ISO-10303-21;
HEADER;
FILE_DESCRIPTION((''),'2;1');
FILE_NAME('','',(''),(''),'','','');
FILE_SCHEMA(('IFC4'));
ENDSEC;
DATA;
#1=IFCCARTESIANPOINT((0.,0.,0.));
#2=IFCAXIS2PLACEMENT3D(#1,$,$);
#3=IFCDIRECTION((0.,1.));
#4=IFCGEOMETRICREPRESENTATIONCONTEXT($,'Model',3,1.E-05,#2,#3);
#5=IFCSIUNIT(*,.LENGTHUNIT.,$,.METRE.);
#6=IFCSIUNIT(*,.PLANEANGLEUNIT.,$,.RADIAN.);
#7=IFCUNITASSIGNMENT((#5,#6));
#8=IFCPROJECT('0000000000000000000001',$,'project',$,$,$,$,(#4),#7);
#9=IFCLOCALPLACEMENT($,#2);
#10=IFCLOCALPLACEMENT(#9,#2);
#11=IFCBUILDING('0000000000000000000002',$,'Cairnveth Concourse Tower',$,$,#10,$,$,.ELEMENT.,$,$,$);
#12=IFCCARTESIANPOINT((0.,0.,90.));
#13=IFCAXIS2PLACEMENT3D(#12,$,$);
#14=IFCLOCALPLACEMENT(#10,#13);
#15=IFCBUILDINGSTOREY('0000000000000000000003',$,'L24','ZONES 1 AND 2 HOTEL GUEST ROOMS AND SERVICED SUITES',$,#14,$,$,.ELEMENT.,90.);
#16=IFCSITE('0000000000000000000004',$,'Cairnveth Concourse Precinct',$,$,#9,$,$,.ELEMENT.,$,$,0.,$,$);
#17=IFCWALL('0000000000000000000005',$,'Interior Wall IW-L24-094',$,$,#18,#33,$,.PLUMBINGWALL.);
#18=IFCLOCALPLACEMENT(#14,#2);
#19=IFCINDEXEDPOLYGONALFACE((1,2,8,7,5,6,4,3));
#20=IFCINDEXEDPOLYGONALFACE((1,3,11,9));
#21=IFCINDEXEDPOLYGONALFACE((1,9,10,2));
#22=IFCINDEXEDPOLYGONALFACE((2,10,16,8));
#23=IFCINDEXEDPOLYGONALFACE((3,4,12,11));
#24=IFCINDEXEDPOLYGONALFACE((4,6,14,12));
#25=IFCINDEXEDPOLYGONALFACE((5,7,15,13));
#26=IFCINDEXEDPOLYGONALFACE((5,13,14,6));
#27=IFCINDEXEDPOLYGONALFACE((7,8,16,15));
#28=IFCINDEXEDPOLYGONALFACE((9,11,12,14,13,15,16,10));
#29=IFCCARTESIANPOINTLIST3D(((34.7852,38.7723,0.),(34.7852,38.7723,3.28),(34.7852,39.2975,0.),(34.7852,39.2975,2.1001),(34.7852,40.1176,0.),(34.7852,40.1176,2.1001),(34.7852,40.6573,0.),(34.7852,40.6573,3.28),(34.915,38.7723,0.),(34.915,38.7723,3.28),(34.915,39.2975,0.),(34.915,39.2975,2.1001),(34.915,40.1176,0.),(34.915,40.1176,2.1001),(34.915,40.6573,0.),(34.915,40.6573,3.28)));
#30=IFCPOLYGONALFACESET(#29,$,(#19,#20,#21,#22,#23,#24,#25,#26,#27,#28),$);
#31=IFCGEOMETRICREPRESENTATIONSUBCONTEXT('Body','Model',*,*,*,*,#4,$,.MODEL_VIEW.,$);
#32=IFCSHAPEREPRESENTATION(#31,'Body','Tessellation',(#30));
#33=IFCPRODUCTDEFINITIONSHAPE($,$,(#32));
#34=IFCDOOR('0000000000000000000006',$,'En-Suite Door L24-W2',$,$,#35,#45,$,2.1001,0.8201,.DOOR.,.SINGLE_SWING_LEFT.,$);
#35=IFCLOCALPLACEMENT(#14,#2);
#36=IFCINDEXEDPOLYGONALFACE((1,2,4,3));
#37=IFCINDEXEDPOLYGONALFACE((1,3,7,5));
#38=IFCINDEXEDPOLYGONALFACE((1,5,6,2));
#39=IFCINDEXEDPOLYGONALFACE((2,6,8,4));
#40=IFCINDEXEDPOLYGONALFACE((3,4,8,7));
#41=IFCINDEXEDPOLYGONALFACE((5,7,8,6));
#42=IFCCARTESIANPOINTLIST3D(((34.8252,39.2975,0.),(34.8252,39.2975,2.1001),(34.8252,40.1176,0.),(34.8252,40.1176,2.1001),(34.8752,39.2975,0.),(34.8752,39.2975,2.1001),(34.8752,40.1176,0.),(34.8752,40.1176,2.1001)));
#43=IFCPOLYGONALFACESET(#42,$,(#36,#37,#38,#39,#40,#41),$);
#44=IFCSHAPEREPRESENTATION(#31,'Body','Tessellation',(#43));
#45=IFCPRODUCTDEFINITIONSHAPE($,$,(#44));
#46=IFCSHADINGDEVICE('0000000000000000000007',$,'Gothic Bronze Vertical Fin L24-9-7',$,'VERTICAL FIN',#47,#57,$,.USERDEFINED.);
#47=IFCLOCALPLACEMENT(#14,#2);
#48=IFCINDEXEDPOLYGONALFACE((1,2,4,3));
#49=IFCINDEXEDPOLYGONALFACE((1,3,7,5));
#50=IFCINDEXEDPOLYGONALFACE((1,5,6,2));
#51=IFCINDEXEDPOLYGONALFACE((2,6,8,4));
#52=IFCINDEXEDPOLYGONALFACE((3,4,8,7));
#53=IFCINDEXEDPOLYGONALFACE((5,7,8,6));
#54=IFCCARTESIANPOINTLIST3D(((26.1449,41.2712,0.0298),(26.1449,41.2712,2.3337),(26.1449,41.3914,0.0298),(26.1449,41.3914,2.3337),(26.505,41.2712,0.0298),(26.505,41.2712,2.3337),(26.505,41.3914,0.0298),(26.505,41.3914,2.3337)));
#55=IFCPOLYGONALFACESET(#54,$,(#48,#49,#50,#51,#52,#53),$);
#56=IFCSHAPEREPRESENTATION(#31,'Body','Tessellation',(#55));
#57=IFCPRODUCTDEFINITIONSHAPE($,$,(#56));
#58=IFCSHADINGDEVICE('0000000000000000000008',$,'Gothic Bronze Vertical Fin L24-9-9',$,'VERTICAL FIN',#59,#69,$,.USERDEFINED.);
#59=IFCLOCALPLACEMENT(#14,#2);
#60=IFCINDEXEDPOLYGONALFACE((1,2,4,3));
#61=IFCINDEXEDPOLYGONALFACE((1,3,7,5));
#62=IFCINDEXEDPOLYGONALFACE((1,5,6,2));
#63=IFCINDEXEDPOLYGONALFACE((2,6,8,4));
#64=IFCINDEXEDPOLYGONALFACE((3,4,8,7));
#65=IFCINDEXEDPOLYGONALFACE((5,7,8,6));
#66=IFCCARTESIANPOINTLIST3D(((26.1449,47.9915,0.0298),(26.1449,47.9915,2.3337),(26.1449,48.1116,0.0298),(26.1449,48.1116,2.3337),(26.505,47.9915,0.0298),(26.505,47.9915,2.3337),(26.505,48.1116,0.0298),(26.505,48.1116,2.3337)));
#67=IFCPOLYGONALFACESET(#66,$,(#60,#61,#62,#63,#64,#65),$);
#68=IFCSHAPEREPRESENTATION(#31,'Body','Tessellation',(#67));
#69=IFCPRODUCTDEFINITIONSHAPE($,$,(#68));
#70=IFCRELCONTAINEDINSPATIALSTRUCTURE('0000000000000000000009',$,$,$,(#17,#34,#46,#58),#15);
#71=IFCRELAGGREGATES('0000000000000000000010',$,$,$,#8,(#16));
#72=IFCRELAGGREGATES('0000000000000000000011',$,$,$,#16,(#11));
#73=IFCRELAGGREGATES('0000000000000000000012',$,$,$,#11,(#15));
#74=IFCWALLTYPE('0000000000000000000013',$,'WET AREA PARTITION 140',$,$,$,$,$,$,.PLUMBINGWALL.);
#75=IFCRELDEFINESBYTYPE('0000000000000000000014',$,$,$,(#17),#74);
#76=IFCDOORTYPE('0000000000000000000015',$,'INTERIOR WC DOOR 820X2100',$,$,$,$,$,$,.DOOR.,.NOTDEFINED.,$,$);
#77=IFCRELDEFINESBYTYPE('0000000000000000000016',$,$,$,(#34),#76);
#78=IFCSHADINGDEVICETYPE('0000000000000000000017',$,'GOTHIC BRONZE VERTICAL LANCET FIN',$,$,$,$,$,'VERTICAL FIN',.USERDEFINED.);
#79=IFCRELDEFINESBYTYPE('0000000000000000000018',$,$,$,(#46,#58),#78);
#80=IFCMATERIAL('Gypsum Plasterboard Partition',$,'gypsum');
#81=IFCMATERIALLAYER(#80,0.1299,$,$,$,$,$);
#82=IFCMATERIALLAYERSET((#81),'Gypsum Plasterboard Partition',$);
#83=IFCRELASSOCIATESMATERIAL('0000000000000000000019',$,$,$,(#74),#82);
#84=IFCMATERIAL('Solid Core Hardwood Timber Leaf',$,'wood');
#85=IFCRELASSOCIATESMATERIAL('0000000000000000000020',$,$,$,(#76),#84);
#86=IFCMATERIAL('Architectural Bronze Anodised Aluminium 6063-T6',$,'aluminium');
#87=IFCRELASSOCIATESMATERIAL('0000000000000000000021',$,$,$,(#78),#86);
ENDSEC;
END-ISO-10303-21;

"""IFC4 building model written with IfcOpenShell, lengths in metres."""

from ifc_helpers import new_model, si_unit, direction, frame, frame_2d, origin, origin_2d, place, context, subcontext, project, spatial, rectangle, extrude, material, layer, layer_set, type_object, element, fill, save


model = new_model("IFC4")

# Units and contexts
model_context = context("Model", 3, precision=1e-05, world=origin(), true_north=direction((0.0, 1.0)))
body_context = subcontext(model_context, "Body", "Model", "MODEL_VIEW")
ifc_project = project(units=[si_unit("LENGTHUNIT", "METRE"), si_unit("PLANEANGLEUNIT", "RADIAN")], contexts=[model_context])

# Site, building, storey
site_placement = place(None, origin())
site = spatial("IfcSite", under=ifc_project, at=site_placement, Name="Cairnveth Concourse Precinct", CompositionType="ELEMENT", RefElevation=0.0)
building_placement = place(site_placement, origin())
building = spatial("IfcBuilding", under=site, at=building_placement, Name="Cairnveth Concourse Tower", CompositionType="ELEMENT")
storey_placement = place(building_placement, frame((0.0, 0.0, 90.0)))
storey = spatial("IfcBuildingStorey", under=building, at=storey_placement, Name="L24", Description="ZONES 1 AND 2 HOTEL GUEST ROOMS AND SERVICED SUITES", CompositionType="ELEMENT", Elevation=90.0)

# Shared definitions
ifc_material_1 = material(Name="Gypsum Plasterboard Partition", Category="gypsum")

# Shared definitions
ifc_material_2 = material(Name="Solid Core Hardwood Timber Leaf", Category="wood")

# Shared definitions
ifc_layer_1 = layer(ifc_material_1, 0.1299)
ifc_layer_set_1 = layer_set([ifc_layer_1], Name="Gypsum Plasterboard Partition")
wall_type_1 = type_object("IfcWallType", Name="WET AREA PARTITION 140", PredefinedType="PLUMBINGWALL", material=ifc_layer_set_1)

# Wall, opening, door
wall_1_placement = place(storey_placement, frame((34.8501, 38.7725, 0.0), z_axis=(0.0, 0.0, 1.0), x_axis=(0.0, 1.0, 0.0)))
wall_1 = element("IfcWall", 1, at=wall_1_placement, inside=storey, type_object=wall_type_1, Name="Interior Wall IW-L24-094", PredefinedType="PLUMBINGWALL", context=body_context, shape_type="SweptSolid", body=[
    extrude(rectangle(XDim=1.885, YDim=0.1299, at=frame_2d((0.9424, 0.0))), origin(), (0.0, 0.0, 1.0), 3.28),
])
opening_1_placement = place(wall_1_placement, frame((0.5249, 0.0, 0.0)))
opening_1 = element("IfcOpeningElement", 2, at=opening_1_placement, cuts=wall_1, PredefinedType="OPENING", context=body_context, shape_type="SweptSolid", body=[
    extrude(rectangle(XDim=0.8201, YDim=2.1001, at=frame_2d((0.4102, 1.05))), frame((0.0, 0.075, 0.0), z_axis=(0.0, -1.0, 0.0), x_axis=(1.0, 0.0, 0.0)), (0.0, 0.0, 1.0), 0.1499),
])
door_type_1 = type_object("IfcDoorType", Name="INTERIOR WC DOOR 820X2100", OperationType="NOTDEFINED", PredefinedType="DOOR", material=ifc_material_2)
door_1_placement = place(opening_1_placement, origin())
door_1 = element("IfcDoor", 3, at=door_1_placement, inside=storey, type_object=door_type_1, Name="En-Suite Door L24-W2", OperationType="SINGLE_SWING_LEFT", OverallHeight=2.1001, OverallWidth=0.8201, PredefinedType="DOOR", context=body_context, shape_type="SweptSolid", body=[
    extrude(rectangle(XDim=0.8201, YDim=2.1001, at=frame_2d((0.4102, 1.05))), frame((0.0, 0.0249, 0.0), z_axis=(0.0, -1.0, 0.0), x_axis=(1.0, 0.0, 0.0)), (0.0, 0.0, 1.0), 0.05),
])
fill(opening_1, door_1)

# Shading devices
ifc_material_3 = material(Name="Architectural Bronze Anodised Aluminium 6063-T6", Category="aluminium")
shading_device_type = type_object("IfcShadingDeviceType", Name="GOTHIC BRONZE VERTICAL LANCET FIN", ElementType="VERTICAL FIN", PredefinedType="USERDEFINED", material=ifc_material_3)
for number, where, z_axis, x_axis, name in (
    (4, (26.325, 41.3313, 0.0298), (0.0, 0.0, 1.0), (0.0, 1.0, 0.0), "Gothic Bronze Vertical Fin L24-9-7"),
    (5, (26.325, 48.0515, 0.0298), (0.0, 0.0, 1.0), (0.0, 1.0, 0.0), "Gothic Bronze Vertical Fin L24-9-9"),
):
    element("IfcShadingDevice", number, at=place(storey_placement, frame(where, z_axis=z_axis, x_axis=x_axis)), inside=storey, type_object=shading_device_type, Name=name, ObjectType="VERTICAL FIN", PredefinedType="USERDEFINED", context=body_context, shape_type="SweptSolid", body=[
        extrude(rectangle(XDim=0.1201, YDim=0.3601, at=origin_2d()), origin(), (0.0, 0.0, 1.0), 2.304),
    ])

save(model, "model.ifc")
